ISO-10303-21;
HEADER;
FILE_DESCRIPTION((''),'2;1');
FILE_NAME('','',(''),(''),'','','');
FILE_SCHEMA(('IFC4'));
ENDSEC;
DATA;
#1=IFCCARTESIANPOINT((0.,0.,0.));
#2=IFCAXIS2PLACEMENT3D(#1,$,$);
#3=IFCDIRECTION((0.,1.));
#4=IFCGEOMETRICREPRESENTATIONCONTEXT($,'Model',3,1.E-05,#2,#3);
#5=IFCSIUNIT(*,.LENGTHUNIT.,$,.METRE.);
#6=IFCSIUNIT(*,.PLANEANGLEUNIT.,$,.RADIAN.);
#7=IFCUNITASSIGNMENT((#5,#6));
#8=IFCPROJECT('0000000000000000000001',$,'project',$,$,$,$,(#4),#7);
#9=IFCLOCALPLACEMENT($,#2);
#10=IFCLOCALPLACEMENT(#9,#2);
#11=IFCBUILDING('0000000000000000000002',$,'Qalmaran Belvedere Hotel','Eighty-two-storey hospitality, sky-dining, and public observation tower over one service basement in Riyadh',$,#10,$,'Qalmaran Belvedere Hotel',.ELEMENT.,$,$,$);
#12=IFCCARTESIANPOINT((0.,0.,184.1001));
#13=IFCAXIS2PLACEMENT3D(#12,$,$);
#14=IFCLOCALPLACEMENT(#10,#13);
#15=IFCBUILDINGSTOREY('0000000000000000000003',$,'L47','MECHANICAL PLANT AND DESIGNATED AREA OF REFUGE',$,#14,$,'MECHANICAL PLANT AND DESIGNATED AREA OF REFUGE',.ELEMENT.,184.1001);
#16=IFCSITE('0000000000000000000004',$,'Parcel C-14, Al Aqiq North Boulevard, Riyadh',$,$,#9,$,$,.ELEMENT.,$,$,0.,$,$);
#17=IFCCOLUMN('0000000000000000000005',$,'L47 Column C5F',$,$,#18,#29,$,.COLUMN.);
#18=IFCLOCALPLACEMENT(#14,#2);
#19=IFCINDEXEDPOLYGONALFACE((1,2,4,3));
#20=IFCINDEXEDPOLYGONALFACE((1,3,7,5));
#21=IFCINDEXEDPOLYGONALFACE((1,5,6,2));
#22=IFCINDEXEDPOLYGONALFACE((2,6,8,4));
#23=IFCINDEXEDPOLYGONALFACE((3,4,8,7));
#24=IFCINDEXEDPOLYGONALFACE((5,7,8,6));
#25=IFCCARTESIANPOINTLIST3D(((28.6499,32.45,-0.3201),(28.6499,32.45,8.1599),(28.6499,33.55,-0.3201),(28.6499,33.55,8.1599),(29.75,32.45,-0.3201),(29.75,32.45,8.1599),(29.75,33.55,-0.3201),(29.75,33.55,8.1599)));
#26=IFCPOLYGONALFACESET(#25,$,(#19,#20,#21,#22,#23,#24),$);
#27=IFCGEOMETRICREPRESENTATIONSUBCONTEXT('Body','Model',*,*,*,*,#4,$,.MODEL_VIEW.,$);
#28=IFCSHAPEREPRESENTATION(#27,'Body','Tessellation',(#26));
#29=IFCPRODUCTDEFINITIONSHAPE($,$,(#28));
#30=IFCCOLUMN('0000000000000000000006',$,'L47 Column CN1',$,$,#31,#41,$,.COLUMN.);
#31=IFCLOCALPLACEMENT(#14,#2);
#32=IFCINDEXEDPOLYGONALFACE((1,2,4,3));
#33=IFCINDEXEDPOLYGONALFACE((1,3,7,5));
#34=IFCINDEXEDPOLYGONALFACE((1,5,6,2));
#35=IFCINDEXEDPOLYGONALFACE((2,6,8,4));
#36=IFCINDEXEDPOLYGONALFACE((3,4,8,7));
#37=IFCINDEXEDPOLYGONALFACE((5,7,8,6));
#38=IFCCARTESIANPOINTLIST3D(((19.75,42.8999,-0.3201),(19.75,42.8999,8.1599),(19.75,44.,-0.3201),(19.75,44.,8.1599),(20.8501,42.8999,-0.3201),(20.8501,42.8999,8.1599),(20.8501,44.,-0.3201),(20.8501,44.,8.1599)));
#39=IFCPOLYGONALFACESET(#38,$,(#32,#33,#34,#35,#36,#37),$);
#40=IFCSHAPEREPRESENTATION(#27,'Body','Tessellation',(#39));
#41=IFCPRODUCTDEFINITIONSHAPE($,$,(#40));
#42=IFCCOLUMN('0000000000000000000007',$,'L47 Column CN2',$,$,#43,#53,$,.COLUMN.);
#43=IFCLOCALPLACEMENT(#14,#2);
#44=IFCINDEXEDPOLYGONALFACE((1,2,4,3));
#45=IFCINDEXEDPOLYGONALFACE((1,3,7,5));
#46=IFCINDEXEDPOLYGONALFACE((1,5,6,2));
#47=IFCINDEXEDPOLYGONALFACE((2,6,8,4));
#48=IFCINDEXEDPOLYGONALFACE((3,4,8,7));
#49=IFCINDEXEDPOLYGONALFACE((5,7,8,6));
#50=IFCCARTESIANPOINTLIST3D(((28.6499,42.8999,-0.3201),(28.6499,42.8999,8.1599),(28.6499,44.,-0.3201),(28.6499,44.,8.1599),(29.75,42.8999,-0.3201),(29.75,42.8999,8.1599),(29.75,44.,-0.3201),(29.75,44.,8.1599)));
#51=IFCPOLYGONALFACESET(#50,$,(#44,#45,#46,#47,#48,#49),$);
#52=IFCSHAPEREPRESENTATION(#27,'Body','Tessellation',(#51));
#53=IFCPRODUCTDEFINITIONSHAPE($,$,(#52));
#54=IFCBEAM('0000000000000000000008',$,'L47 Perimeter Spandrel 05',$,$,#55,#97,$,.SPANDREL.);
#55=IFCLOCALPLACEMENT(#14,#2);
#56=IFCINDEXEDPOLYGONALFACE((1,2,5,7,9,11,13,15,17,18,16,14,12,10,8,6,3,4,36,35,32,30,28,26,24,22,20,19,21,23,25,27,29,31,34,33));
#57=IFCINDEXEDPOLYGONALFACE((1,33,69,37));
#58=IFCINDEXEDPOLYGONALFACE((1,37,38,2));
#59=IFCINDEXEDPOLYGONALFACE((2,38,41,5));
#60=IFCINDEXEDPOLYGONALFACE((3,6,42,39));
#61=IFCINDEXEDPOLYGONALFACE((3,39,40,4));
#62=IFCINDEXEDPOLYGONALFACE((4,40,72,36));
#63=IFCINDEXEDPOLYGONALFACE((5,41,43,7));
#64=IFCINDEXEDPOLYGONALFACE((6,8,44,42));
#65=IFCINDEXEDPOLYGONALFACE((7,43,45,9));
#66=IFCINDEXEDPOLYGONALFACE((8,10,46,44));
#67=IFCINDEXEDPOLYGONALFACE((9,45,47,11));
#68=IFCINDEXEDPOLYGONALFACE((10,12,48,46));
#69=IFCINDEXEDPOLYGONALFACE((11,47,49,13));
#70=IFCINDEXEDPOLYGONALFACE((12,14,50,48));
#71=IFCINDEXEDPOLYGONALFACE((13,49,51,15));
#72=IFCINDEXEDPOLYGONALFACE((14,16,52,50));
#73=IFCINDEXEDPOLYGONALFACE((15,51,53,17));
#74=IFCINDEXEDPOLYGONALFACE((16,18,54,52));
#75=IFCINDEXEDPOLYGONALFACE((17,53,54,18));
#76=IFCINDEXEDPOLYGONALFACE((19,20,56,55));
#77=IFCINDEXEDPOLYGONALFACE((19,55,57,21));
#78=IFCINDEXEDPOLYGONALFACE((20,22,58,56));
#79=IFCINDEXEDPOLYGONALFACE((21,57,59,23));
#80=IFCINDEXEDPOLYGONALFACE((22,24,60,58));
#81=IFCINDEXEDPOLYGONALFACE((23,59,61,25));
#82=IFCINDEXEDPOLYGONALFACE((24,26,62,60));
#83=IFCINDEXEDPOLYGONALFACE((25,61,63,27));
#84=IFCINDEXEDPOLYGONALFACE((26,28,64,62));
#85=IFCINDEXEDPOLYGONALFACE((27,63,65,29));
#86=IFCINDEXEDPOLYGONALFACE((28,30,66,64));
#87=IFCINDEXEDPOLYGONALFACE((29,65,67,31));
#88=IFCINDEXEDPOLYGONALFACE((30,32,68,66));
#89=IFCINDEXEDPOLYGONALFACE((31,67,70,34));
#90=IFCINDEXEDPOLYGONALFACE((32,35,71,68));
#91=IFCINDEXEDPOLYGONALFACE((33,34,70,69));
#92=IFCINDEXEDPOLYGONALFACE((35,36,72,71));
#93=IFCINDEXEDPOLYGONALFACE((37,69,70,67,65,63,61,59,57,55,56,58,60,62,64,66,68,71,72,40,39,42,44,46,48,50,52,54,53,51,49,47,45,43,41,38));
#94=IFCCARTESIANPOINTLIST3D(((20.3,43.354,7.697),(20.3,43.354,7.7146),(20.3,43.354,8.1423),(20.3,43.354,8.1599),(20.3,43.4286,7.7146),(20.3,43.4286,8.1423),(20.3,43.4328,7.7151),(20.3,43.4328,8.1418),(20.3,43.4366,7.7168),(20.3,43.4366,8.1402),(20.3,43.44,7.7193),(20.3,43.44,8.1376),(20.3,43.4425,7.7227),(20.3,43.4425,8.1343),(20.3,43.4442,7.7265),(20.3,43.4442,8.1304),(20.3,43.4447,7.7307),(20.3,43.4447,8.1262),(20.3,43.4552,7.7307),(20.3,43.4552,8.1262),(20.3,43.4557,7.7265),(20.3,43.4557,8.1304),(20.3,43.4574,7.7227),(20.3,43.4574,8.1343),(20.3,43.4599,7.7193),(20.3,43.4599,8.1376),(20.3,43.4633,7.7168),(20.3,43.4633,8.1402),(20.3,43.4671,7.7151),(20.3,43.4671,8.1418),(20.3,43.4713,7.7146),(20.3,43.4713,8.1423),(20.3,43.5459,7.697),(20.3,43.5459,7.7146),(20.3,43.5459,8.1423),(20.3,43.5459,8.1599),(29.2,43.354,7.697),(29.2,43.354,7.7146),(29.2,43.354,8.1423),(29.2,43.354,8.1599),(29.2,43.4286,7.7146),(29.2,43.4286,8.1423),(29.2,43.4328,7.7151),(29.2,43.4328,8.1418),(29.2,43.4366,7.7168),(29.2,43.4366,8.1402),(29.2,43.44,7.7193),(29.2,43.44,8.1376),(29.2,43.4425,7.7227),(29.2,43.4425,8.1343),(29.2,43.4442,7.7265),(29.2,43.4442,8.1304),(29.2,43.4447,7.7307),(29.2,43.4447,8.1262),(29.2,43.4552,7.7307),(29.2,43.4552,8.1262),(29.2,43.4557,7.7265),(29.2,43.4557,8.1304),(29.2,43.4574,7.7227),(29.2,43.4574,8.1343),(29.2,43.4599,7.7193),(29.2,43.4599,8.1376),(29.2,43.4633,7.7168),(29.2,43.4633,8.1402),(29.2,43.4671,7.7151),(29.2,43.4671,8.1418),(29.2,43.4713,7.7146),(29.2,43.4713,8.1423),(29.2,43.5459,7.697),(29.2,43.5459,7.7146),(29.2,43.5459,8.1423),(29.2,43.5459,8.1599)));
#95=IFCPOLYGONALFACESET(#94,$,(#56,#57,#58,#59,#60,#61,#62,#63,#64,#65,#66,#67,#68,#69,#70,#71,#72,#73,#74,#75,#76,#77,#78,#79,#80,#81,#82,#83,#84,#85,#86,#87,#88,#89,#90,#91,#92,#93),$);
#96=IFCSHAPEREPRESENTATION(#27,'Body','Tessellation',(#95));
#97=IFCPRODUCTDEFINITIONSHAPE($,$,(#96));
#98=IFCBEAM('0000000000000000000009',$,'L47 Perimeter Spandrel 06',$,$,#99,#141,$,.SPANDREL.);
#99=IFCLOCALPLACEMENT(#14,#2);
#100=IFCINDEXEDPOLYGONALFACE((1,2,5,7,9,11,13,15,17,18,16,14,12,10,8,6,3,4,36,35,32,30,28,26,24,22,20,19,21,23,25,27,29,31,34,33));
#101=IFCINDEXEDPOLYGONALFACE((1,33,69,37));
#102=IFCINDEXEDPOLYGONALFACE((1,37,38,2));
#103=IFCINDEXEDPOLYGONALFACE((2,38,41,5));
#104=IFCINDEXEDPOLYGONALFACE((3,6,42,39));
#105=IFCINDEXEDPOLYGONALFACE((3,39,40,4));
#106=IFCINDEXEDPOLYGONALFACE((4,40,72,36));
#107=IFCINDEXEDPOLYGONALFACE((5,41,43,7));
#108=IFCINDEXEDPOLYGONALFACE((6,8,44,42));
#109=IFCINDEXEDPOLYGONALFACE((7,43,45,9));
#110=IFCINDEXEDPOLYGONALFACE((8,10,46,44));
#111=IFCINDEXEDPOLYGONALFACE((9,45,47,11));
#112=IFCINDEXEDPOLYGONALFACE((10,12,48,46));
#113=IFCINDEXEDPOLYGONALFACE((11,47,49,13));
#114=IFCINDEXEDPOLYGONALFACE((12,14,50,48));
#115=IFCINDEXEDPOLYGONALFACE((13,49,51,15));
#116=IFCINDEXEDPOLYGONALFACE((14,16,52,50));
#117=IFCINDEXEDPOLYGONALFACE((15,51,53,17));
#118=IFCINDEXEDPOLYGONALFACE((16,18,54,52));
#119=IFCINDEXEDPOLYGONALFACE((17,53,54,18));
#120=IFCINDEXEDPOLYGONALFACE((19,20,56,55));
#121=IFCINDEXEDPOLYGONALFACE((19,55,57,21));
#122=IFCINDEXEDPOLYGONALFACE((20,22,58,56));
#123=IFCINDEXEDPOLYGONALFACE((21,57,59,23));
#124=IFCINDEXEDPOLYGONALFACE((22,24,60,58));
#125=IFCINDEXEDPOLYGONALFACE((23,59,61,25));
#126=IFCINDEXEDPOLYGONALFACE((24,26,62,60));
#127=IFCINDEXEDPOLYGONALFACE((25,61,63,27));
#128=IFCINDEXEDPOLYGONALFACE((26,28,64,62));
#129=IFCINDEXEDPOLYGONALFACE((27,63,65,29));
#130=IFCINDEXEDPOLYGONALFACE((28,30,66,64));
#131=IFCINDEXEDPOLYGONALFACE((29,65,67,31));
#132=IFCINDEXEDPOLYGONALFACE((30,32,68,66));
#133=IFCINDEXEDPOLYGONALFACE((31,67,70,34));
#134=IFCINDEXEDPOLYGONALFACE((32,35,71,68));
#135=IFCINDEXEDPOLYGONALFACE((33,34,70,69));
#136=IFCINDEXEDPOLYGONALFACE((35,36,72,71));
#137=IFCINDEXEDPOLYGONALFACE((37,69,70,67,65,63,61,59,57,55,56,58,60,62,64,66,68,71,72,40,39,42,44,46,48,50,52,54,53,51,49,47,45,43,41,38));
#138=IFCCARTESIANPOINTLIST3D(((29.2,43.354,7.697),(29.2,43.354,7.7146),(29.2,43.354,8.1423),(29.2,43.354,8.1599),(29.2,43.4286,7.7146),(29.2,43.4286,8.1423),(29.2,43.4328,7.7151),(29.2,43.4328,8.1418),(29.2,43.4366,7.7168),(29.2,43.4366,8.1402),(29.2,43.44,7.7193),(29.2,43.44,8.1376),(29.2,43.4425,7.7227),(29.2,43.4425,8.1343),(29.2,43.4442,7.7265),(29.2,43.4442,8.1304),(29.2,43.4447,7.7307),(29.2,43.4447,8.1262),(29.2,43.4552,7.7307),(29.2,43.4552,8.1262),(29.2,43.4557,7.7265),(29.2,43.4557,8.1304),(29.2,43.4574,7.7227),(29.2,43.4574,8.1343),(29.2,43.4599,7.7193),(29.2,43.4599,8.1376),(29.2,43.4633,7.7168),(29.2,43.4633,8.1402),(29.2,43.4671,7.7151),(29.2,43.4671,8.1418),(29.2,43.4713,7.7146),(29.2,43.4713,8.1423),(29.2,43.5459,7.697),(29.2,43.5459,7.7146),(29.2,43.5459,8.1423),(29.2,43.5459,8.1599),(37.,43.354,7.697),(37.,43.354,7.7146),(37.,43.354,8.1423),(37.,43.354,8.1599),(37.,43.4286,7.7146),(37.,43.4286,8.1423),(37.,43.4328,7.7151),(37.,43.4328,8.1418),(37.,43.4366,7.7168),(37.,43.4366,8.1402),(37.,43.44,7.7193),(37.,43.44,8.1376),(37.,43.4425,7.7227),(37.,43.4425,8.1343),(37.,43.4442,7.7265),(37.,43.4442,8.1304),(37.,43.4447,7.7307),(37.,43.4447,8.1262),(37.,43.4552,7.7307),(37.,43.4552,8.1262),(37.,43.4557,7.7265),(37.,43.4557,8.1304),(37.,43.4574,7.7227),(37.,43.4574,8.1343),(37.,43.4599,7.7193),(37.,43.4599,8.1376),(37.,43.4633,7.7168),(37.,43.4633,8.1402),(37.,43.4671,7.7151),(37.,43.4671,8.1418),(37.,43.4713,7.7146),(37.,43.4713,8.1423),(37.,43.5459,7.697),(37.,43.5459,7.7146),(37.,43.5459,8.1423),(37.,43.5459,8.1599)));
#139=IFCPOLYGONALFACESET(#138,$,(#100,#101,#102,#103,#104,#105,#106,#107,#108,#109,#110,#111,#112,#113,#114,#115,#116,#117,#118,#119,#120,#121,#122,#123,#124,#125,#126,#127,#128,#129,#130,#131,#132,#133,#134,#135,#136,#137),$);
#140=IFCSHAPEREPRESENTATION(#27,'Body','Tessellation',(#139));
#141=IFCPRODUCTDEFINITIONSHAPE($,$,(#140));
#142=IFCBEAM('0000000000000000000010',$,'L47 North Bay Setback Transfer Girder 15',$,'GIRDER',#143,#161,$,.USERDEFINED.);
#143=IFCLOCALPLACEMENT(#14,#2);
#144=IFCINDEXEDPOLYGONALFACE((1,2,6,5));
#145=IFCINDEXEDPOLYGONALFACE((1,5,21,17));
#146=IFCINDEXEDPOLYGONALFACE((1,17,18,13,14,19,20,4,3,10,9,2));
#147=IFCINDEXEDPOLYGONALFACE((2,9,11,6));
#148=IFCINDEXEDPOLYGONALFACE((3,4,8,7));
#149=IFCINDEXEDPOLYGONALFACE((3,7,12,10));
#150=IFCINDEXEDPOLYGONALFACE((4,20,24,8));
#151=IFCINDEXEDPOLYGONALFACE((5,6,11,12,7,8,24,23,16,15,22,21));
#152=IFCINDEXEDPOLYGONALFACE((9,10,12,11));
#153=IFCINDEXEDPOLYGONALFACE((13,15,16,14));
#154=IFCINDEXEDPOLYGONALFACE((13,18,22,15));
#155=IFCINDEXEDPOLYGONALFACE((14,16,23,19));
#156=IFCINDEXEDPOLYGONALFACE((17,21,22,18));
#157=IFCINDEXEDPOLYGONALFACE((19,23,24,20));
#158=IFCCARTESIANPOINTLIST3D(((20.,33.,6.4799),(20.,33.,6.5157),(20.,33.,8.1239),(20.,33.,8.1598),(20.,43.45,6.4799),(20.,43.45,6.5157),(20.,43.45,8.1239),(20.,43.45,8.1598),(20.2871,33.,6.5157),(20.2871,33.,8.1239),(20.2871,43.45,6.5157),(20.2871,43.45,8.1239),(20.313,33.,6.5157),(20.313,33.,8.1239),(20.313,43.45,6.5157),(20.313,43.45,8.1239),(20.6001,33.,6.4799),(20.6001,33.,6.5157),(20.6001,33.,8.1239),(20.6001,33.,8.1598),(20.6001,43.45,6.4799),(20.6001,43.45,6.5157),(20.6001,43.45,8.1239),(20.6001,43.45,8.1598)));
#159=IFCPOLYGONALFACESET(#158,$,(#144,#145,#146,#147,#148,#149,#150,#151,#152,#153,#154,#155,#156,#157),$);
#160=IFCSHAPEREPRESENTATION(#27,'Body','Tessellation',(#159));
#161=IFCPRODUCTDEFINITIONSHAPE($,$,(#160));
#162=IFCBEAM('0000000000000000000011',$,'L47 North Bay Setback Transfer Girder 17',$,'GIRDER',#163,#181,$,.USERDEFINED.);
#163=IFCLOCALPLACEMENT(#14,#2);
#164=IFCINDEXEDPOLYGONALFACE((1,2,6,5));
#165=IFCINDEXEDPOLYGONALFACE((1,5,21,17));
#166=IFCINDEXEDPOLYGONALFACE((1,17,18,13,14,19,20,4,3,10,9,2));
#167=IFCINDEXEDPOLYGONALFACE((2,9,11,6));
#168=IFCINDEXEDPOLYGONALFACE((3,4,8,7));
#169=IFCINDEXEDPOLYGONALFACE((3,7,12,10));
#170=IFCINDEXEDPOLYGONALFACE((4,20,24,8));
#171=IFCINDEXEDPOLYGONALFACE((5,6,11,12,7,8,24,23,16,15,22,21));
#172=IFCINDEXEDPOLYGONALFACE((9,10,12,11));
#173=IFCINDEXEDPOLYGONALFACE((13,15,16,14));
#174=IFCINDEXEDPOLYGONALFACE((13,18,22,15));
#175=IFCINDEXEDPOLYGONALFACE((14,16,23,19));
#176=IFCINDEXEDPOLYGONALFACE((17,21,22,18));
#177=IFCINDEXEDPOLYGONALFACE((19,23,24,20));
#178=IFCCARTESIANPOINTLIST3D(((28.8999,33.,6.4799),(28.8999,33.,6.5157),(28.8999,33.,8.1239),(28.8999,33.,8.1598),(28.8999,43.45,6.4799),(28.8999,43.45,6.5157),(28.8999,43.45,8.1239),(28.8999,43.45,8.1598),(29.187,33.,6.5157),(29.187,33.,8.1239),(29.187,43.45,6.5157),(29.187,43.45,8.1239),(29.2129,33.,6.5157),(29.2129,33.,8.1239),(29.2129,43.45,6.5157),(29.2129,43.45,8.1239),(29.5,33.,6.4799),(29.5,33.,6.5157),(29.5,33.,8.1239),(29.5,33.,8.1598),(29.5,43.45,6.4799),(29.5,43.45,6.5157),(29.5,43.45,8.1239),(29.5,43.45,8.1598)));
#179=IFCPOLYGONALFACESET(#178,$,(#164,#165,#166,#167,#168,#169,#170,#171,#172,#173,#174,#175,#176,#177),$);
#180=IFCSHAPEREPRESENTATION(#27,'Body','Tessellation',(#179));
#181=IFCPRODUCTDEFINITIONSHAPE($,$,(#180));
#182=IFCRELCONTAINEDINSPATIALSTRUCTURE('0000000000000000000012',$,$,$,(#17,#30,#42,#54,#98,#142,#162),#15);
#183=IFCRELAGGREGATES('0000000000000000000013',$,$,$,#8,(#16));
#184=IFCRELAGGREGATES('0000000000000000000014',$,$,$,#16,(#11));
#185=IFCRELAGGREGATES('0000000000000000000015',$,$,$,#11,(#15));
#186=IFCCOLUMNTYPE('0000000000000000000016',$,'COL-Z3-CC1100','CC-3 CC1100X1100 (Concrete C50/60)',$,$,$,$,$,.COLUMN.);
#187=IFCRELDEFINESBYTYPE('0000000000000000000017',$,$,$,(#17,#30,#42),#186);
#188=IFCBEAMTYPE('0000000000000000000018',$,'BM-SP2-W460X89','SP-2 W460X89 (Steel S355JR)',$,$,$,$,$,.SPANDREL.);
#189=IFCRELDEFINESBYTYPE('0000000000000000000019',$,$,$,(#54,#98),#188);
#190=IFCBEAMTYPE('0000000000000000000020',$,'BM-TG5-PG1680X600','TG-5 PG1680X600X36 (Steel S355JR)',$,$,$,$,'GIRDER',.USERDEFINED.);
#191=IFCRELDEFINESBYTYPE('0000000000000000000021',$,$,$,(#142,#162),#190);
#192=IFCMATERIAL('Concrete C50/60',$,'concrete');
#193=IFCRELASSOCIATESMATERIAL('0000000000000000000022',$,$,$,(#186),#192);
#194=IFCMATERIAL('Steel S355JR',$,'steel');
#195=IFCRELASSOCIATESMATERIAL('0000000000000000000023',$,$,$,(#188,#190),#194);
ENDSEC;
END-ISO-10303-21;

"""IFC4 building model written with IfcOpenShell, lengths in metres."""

from ifc_helpers import new_model, si_unit, direction, frame, origin, origin_2d, place, context, subcontext, project, spatial, rectangle, i_section, extrude, material, material_profile, profile_set, type_object, element, save


model = new_model("IFC4")

# Units and contexts
model_context = context("Model", 3, precision=1e-05, world=origin(), true_north=direction((0.0, 1.0)))
body_context = subcontext(model_context, "Body", "Model", "MODEL_VIEW")
ifc_project = project(units=[si_unit("LENGTHUNIT", "METRE"), si_unit("PLANEANGLEUNIT", "RADIAN")], contexts=[model_context])

# Site, building, storey
site_placement = place(None, origin())
site = spatial("IfcSite", under=ifc_project, at=site_placement, Name="Parcel C-14, Al Aqiq North Boulevard, Riyadh", CompositionType="ELEMENT", RefElevation=0.0)
building_placement = place(site_placement, origin())
building = spatial("IfcBuilding", under=site, at=building_placement, Name="Qalmaran Belvedere Hotel", Description="Eighty-two-storey hospitality, sky-dining, and public observation tower over one service basement in Riyadh", LongName="Qalmaran Belvedere Hotel", CompositionType="ELEMENT")
storey_placement = place(building_placement, frame((0.0, 0.0, 184.1001)))
storey = spatial("IfcBuildingStorey", under=building, at=storey_placement, Name="L47", Description="MECHANICAL PLANT AND DESIGNATED AREA OF REFUGE", LongName="MECHANICAL PLANT AND DESIGNATED AREA OF REFUGE", CompositionType="ELEMENT", Elevation=184.1001)

# Columns
ifc_material_1 = material(Name="Concrete C50/60", Category="concrete")
ifc_material_profile_1 = material_profile(ifc_material_1, rectangle(XDim=1.1001, YDim=1.1001, at=origin_2d()), Name="CC1100X1100")
ifc_profile_set_1 = profile_set([ifc_material_profile_1], Name="Concrete C50/60")
column_type = type_object("IfcColumnType", Name="COL-Z3-CC1100", Description="CC-3 CC1100X1100 (Concrete C50/60)", PredefinedType="COLUMN", material=ifc_profile_set_1)
for number, where, z_axis, x_axis, name in (
    (1, (29.2, 33.0, -0.3201), (0.0, 0.0, 1.0), (1.0, 0.0, 0.0), "L47 Column C5F"),
    (2, (20.3, 43.45, -0.3201), (0.0, 0.0, 1.0), (1.0, 0.0, 0.0), "L47 Column CN1"),
    (3, (29.2, 43.45, -0.3201), (0.0, 0.0, 1.0), (1.0, 0.0, 0.0), "L47 Column CN2"),
):
    element("IfcColumn", number, at=place(storey_placement, frame(where, z_axis=z_axis, x_axis=x_axis)), inside=storey, type_object=column_type, Name=name, PredefinedType="COLUMN", context=body_context, shape_type="SweptSolid", body=[
        extrude(rectangle(XDim=1.1001, YDim=1.1001, at=origin_2d()), origin(), (0.0, 0.0, 1.0), 8.48),
    ])

# Beams
ifc_material_2 = material(Name="Steel S355JR", Category="steel")
ifc_material_profile_2 = material_profile(ifc_material_2, i_section(OverallWidth=0.1919, OverallDepth=0.4629, WebThickness=0.0105, FlangeThickness=0.0176, FilletRadius=0.0161, at=origin_2d()), Name="W460X89")
ifc_profile_set_2 = profile_set([ifc_material_profile_2], Name="Steel S355JR")
beam_type_1 = type_object("IfcBeamType", Name="BM-SP2-W460X89", Description="SP-2 W460X89 (Steel S355JR)", PredefinedType="SPANDREL", material=ifc_profile_set_2)
beam_1_placement = place(storey_placement, frame((20.3, 43.45, 7.9285), z_axis=(1.0, 0.0, 0.0), x_axis=(0.0, 1.0, 0.0)))
element("IfcBeam", 4, at=beam_1_placement, inside=storey, type_object=beam_type_1, Name="L47 Perimeter Spandrel 05", PredefinedType="SPANDREL", context=body_context, shape_type="SweptSolid", body=[
    extrude(i_section(OverallWidth=0.1919, OverallDepth=0.4629, WebThickness=0.0105, FlangeThickness=0.0176, FilletRadius=0.0161, at=origin_2d()), origin(), (0.0, 0.0, 1.0), 8.8999),
])
beam_2_placement = place(storey_placement, frame((29.2, 43.45, 7.9285), z_axis=(1.0, 0.0, 0.0), x_axis=(0.0, 1.0, 0.0)))
element("IfcBeam", 5, at=beam_2_placement, inside=storey, type_object=beam_type_1, Name="L47 Perimeter Spandrel 06", PredefinedType="SPANDREL", context=body_context, shape_type="SweptSolid", body=[
    extrude(i_section(OverallWidth=0.1919, OverallDepth=0.4629, WebThickness=0.0105, FlangeThickness=0.0176, FilletRadius=0.0161, at=origin_2d()), origin(), (0.0, 0.0, 1.0), 7.8),
])
ifc_material_profile_3 = material_profile(ifc_material_2, i_section(OverallWidth=0.6001, OverallDepth=1.6799, WebThickness=0.0259, FlangeThickness=0.0359, at=origin_2d()), Name="PG1680X600X36")
ifc_profile_set_3 = profile_set([ifc_material_profile_3], Name="Steel S355JR")
beam_type_2 = type_object("IfcBeamType", Name="BM-TG5-PG1680X600", Description="TG-5 PG1680X600X36 (Steel S355JR)", ElementType="GIRDER", PredefinedType="USERDEFINED", material=ifc_profile_set_3)
for number, where, z_axis, x_axis, name in (
    (6, (20.3, 33.0, 7.3198), (0.0, 1.0, 0.0), (-1.0, 0.0, 0.0), "L47 North Bay Setback Transfer Girder 15"),
    (7, (29.2, 33.0, 7.3198), (0.0, 1.0, 0.0), (-1.0, 0.0, 0.0), "L47 North Bay Setback Transfer Girder 17"),
):
    element("IfcBeam", number, at=place(storey_placement, frame(where, z_axis=z_axis, x_axis=x_axis)), inside=storey, type_object=beam_type_2, Name=name, ObjectType="GIRDER", PredefinedType="USERDEFINED", context=body_context, shape_type="SweptSolid", body=[
        extrude(i_section(OverallWidth=0.6001, OverallDepth=1.6799, WebThickness=0.0259, FlangeThickness=0.0359, at=origin_2d()), origin(), (0.0, 0.0, 1.0), 10.45),
    ])

save(model, "model.ifc")
